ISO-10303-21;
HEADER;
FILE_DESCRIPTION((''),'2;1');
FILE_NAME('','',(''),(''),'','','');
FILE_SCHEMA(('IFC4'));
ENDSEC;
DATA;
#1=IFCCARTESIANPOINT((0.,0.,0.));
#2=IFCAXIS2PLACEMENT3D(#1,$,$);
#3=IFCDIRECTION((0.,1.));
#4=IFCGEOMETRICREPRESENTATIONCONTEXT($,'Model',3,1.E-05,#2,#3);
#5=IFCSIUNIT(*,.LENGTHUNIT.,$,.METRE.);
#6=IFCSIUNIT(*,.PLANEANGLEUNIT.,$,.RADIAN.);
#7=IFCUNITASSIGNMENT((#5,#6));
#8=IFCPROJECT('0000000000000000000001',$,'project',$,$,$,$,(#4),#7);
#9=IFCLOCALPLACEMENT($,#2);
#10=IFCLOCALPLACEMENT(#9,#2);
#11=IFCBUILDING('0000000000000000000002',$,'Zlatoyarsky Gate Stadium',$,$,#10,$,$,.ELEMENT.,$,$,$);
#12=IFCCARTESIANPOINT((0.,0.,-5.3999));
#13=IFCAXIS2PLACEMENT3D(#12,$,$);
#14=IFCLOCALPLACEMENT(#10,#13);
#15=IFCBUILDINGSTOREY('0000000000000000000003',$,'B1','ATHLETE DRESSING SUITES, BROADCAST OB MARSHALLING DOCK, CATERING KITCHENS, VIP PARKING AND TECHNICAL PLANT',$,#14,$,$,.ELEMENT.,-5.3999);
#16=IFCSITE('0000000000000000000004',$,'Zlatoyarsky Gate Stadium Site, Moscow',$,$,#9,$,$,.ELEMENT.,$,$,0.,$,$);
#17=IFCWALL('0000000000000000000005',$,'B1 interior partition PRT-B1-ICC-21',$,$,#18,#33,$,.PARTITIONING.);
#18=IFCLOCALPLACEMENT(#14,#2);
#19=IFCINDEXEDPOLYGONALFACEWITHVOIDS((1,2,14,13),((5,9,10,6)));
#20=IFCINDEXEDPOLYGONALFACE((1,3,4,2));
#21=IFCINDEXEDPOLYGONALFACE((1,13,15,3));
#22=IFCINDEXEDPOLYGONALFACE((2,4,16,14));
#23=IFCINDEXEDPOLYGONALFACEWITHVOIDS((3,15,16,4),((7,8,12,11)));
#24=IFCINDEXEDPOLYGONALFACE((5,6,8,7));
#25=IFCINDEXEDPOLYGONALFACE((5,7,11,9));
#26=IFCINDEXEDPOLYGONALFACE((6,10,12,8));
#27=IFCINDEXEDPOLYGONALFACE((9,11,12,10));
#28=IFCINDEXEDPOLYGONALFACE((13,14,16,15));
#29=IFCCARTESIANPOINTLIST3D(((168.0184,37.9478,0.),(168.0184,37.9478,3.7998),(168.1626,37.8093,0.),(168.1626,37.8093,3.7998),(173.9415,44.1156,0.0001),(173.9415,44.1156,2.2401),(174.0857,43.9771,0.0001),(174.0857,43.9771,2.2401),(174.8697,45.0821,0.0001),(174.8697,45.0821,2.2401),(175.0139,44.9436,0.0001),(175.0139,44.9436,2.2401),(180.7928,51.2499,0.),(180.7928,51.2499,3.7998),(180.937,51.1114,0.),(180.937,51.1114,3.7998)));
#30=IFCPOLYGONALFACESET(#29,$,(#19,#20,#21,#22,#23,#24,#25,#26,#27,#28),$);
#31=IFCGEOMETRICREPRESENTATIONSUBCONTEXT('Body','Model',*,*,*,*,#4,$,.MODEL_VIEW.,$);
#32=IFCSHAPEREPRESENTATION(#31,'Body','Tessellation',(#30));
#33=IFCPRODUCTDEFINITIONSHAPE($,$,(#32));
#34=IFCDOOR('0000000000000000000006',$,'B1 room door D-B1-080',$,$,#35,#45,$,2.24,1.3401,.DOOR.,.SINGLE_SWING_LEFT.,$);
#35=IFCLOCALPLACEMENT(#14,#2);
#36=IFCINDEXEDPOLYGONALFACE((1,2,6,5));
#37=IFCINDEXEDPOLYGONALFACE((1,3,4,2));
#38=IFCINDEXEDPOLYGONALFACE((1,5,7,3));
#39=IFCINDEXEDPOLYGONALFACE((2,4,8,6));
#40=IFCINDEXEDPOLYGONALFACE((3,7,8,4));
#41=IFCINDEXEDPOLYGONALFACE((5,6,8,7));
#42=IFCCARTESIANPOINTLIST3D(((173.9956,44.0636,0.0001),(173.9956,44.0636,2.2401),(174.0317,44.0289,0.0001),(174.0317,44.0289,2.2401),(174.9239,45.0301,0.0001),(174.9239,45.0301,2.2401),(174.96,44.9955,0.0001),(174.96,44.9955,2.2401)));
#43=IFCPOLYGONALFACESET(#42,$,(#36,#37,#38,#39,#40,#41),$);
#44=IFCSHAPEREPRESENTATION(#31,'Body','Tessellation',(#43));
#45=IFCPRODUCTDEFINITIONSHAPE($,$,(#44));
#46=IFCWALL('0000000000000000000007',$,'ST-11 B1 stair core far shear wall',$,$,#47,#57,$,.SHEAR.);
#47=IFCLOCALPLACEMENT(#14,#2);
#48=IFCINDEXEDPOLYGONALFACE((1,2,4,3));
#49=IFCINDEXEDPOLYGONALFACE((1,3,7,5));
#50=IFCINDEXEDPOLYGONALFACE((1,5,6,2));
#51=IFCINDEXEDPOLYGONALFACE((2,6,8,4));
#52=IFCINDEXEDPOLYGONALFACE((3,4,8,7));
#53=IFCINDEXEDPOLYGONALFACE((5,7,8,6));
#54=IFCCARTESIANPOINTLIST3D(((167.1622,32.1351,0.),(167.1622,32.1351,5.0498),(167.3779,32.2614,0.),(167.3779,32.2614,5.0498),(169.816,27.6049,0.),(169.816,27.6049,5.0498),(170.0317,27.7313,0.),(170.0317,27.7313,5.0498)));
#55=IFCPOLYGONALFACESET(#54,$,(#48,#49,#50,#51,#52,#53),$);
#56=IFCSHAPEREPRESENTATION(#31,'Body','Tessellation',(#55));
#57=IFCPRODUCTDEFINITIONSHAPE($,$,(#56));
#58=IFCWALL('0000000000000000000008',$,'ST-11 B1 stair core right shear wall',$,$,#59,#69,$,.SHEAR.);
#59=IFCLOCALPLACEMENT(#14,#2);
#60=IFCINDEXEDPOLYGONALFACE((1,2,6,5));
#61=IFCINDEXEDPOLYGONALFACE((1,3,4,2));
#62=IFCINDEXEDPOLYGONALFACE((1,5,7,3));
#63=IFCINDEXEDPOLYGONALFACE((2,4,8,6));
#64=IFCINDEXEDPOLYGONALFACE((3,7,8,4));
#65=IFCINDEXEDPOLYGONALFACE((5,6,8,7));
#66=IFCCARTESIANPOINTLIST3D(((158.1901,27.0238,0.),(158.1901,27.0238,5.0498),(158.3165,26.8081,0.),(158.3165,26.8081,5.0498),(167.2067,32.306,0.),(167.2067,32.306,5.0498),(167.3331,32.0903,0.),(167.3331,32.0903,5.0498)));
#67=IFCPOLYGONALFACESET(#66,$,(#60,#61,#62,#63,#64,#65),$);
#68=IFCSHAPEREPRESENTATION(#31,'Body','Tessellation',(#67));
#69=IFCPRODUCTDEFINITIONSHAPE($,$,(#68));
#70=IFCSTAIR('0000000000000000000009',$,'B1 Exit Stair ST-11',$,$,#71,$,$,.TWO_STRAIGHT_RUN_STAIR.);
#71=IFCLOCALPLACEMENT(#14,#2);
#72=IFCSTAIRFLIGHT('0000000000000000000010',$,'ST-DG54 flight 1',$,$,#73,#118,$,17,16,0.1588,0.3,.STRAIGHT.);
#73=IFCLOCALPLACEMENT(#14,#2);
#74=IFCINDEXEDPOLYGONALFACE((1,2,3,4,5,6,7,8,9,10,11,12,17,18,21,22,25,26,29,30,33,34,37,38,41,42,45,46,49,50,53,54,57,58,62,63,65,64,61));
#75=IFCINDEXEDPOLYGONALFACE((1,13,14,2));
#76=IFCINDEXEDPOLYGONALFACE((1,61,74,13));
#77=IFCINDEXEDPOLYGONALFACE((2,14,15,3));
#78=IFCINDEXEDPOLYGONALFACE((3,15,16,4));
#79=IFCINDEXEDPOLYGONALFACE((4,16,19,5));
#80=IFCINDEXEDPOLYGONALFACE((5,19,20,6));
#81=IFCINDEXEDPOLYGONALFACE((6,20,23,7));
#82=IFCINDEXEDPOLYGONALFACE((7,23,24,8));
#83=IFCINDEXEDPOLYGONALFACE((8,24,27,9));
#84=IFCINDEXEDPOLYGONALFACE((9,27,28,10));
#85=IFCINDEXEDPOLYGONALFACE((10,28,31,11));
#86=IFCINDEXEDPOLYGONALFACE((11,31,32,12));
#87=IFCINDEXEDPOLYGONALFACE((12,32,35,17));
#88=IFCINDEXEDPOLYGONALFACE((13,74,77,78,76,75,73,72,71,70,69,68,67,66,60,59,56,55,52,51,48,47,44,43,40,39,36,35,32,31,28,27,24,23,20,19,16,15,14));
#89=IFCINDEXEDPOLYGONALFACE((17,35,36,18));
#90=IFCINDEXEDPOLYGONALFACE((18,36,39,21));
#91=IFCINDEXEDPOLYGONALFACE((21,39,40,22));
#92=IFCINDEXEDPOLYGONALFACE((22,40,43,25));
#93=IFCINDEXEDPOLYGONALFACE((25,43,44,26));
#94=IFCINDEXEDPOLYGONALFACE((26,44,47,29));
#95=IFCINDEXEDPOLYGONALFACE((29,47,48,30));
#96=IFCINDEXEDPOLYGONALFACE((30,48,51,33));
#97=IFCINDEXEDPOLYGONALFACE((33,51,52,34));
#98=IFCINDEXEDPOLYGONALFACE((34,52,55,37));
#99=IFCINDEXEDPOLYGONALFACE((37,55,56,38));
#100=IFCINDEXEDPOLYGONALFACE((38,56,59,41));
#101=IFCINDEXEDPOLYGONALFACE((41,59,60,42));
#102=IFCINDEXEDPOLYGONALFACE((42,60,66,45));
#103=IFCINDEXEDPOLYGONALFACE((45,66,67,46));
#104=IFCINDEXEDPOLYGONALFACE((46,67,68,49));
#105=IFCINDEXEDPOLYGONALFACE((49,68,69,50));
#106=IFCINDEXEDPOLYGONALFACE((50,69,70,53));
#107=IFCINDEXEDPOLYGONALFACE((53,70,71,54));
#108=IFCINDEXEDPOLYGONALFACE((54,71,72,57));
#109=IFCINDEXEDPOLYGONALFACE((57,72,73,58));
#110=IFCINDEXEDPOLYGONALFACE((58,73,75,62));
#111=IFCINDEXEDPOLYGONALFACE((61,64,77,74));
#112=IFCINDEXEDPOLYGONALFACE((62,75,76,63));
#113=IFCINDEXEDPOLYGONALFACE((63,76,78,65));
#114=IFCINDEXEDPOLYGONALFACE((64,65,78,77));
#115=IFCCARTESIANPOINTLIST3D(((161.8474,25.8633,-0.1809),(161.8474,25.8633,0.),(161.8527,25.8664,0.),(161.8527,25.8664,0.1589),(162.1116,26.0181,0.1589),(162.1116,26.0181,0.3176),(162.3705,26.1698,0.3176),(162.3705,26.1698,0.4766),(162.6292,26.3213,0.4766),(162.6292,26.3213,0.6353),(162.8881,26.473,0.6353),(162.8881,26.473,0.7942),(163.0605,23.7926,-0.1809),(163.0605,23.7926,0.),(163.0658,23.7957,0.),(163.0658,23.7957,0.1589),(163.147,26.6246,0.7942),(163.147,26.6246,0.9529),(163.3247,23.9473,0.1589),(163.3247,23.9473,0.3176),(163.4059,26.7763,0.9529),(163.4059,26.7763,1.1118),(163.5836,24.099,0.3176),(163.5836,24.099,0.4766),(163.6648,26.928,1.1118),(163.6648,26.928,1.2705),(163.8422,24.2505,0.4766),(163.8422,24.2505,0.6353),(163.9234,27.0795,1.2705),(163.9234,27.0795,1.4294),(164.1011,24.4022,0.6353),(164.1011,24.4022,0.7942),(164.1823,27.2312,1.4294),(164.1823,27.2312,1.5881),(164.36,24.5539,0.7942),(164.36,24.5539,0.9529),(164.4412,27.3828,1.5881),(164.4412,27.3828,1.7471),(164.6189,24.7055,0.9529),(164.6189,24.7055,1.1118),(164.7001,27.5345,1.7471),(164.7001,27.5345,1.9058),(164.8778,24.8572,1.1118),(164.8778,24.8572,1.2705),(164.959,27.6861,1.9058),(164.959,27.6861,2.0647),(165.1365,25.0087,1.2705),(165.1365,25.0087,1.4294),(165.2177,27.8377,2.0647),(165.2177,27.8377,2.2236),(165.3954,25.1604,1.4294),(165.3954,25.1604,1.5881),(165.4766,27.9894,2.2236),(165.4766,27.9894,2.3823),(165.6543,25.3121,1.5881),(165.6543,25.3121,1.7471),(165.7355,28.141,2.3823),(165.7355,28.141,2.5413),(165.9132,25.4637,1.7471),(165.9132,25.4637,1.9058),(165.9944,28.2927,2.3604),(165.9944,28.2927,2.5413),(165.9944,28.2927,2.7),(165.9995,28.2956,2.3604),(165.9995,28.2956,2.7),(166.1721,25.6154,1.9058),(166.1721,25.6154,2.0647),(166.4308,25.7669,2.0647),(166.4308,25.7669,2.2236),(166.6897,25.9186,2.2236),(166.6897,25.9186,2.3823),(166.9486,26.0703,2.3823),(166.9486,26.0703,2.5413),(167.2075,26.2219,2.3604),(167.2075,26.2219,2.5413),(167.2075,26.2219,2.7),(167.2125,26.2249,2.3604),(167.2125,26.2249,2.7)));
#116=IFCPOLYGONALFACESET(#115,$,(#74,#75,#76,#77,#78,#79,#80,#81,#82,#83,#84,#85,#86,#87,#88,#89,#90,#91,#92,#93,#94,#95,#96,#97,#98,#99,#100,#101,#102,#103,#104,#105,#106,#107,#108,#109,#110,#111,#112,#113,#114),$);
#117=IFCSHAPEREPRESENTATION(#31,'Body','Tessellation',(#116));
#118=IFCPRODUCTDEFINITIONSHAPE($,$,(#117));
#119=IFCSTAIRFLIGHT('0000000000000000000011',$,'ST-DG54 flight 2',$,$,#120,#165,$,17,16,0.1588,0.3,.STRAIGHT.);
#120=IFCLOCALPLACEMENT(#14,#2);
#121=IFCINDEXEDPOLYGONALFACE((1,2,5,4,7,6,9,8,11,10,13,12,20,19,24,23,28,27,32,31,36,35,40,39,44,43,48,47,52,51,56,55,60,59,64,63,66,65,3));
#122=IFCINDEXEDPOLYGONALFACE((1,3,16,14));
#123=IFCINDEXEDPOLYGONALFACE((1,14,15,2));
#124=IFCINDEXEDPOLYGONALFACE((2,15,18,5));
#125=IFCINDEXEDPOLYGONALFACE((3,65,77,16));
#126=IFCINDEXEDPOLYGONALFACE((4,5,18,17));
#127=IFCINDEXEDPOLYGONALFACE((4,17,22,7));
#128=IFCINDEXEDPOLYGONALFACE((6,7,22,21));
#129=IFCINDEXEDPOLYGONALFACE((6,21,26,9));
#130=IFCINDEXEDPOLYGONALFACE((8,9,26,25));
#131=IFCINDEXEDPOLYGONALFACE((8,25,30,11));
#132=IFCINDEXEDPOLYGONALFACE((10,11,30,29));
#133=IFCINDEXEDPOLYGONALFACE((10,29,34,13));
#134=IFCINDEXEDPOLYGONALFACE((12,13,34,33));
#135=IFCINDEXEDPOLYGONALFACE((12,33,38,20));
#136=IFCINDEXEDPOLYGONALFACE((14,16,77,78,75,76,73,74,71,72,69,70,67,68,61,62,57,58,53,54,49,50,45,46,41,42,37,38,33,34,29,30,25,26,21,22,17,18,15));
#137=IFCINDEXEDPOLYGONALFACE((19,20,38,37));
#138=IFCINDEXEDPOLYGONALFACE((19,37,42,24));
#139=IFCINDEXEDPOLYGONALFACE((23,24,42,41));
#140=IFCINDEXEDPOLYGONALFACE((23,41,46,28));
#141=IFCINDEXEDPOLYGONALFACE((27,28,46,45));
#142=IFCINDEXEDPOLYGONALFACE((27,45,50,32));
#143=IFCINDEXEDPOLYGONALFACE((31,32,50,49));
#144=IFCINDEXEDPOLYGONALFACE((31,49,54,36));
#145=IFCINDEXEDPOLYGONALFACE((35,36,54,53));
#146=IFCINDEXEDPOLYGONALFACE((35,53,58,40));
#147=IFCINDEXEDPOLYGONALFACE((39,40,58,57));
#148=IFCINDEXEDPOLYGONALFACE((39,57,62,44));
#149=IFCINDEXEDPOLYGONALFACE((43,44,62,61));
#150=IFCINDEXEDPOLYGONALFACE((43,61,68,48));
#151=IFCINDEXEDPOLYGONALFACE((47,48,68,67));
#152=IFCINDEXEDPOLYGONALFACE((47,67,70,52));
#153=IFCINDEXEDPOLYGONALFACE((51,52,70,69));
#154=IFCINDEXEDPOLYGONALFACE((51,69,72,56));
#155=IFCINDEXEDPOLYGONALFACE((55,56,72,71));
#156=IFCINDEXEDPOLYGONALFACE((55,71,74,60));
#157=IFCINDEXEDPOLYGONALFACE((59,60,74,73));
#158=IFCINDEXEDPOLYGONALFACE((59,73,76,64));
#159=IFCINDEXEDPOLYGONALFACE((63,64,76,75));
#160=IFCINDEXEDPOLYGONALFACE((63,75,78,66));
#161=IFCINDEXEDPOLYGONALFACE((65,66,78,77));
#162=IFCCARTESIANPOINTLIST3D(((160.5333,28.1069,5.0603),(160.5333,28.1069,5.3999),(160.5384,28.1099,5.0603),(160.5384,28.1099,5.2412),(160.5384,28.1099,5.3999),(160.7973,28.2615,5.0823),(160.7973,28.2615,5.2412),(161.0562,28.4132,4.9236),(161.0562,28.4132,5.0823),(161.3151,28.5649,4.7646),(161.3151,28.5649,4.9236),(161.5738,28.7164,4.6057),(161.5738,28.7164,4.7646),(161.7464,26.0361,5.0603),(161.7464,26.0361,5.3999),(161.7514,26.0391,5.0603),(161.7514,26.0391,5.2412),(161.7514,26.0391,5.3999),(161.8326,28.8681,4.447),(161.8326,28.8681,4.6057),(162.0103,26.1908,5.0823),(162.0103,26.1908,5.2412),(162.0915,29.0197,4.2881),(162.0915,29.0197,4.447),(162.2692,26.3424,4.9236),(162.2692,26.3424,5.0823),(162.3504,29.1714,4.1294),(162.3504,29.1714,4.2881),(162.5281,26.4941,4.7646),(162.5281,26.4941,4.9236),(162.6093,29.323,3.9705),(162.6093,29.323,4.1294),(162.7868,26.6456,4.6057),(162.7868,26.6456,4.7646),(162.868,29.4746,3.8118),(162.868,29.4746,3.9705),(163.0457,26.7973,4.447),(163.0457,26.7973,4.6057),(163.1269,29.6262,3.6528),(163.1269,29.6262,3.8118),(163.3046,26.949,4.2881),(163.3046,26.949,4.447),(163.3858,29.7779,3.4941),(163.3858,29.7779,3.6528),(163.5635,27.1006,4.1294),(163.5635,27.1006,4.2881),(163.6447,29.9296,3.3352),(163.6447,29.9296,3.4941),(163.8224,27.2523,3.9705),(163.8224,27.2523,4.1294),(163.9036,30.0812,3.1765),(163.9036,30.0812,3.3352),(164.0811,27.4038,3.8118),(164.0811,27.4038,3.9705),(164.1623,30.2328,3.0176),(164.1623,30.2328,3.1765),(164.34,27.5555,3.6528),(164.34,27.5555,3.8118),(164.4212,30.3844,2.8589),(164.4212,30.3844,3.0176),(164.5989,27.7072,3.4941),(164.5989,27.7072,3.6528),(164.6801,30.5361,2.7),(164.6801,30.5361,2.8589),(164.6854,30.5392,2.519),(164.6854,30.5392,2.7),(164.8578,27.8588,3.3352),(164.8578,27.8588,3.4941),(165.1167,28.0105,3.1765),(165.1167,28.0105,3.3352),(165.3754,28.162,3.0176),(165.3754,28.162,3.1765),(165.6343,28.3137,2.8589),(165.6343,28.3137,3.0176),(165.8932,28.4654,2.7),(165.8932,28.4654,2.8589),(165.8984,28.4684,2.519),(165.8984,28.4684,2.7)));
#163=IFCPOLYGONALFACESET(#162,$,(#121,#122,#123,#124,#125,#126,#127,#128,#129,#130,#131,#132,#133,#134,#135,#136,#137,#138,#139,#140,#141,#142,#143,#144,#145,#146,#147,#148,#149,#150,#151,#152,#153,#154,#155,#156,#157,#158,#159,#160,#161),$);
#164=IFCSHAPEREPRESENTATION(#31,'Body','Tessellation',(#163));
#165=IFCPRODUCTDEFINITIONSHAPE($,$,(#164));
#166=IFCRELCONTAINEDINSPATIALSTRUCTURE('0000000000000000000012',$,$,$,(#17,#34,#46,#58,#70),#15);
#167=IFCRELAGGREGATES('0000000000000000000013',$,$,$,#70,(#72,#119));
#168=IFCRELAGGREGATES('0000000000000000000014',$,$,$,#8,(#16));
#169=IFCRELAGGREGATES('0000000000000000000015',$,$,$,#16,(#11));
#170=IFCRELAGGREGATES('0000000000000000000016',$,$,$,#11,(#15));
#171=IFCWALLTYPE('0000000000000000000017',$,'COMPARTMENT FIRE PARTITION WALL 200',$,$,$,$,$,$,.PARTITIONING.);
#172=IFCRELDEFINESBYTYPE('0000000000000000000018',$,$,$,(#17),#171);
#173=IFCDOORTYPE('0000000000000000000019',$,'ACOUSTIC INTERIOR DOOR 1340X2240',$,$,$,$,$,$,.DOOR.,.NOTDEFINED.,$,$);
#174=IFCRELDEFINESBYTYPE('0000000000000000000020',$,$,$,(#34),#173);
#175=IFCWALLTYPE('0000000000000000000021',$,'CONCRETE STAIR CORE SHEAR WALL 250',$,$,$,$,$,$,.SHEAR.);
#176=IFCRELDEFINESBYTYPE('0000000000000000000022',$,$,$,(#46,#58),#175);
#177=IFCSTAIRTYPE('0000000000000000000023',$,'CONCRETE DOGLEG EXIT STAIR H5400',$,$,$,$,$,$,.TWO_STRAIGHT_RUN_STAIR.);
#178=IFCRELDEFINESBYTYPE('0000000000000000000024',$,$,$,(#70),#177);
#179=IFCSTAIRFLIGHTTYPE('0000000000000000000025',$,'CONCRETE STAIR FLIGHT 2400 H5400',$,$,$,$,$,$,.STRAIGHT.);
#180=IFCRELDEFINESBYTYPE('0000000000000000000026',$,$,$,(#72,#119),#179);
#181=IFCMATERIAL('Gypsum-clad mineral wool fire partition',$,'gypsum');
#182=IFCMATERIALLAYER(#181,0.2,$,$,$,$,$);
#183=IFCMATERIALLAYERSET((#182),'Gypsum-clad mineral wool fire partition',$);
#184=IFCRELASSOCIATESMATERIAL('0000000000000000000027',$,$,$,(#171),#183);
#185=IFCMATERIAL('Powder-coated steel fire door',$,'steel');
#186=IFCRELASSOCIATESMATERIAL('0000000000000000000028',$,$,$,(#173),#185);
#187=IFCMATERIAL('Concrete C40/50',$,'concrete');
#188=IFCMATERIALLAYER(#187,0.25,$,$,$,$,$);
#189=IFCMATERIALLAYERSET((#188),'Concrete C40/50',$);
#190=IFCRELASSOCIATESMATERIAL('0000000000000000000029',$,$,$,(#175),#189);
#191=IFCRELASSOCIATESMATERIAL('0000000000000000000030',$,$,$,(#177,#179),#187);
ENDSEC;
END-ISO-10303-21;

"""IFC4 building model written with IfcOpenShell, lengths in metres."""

from ifc_helpers import new_model, si_unit, direction, frame, frame_2d, origin, place, context, subcontext, project, spatial, polyline, rectangle, outline, extrude, material, layer, layer_set, type_object, element, fill, aggregate, save


model = new_model("IFC4")

# Units and contexts
model_context = context("Model", 3, precision=1e-05, world=origin(), true_north=direction((0.0, 1.0)))
body_context = subcontext(model_context, "Body", "Model", "MODEL_VIEW")
ifc_project = project(units=[si_unit("LENGTHUNIT", "METRE"), si_unit("PLANEANGLEUNIT", "RADIAN")], contexts=[model_context])

# Site, building, storey
site_placement = place(None, origin())
site = spatial("IfcSite", under=ifc_project, at=site_placement, Name="Zlatoyarsky Gate Stadium Site, Moscow", CompositionType="ELEMENT", RefElevation=0.0)
building_placement = place(site_placement, origin())
building = spatial("IfcBuilding", under=site, at=building_placement, Name="Zlatoyarsky Gate Stadium", CompositionType="ELEMENT")
storey_placement = place(building_placement, frame((0.0, 0.0, -5.3999)))
storey = spatial("IfcBuildingStorey", under=building, at=storey_placement, Name="B1", Description="ATHLETE DRESSING SUITES, BROADCAST OB MARSHALLING DOCK, CATERING KITCHENS, VIP PARKING AND TECHNICAL PLANT", CompositionType="ELEMENT", Elevation=-5.3999)

# Shared definitions
ifc_material_1 = material(Name="Concrete C40/50", Category="concrete")

# Wall, opening, door
ifc_material_2 = material(Name="Gypsum-clad mineral wool fire partition", Category="gypsum")
ifc_layer_1 = layer(ifc_material_2, 0.2)
ifc_layer_set_1 = layer_set([ifc_layer_1], Name="Gypsum-clad mineral wool fire partition")
wall_type_1 = type_object("IfcWallType", Name="COMPARTMENT FIRE PARTITION WALL 200", PredefinedType="PARTITIONING", material=ifc_layer_set_1)
wall_1_placement = place(storey_placement, frame((168.0906, 37.8787, 0.0), z_axis=(0.0, 0.0, 1.0), x_axis=(0.692659, 0.721266, 0.0)))
wall_1 = element("IfcWall", 1, at=wall_1_placement, inside=storey, type_object=wall_type_1, Name="B1 interior partition PRT-B1-ICC-21", PredefinedType="PARTITIONING", context=body_context, shape_type="SweptSolid", body=[
    extrude(rectangle(XDim=18.4426, YDim=0.2, at=frame_2d((9.2212, 0.0))), origin(), (0.0, 0.0, 1.0), 3.7998),
])
opening_placement = place(wall_1_placement, frame((8.5513, 0.0, 0.0)))
opening = element("IfcOpeningElement", 2, at=opening_placement, cuts=wall_1, PredefinedType="OPENING", context=body_context, shape_type="SweptSolid", body=[
    extrude(rectangle(XDim=1.3401, YDim=2.24, at=frame_2d((0.6699, 1.1201))), frame((0.0, 0.1099, 0.0), z_axis=(0.0, -1.0, 0.0), x_axis=(1.0, 0.0, 0.0)), (0.0, 0.0, 1.0), 0.22),
])
ifc_material_3 = material(Name="Powder-coated steel fire door", Category="steel")
door_type = type_object("IfcDoorType", Name="ACOUSTIC INTERIOR DOOR 1340X2240", OperationType="NOTDEFINED", PredefinedType="DOOR", material=ifc_material_3)
door_placement = place(opening_placement, origin())
door = element("IfcDoor", 3, at=door_placement, inside=storey, type_object=door_type, Name="B1 room door D-B1-080", OperationType="SINGLE_SWING_LEFT", OverallHeight=2.24, OverallWidth=1.3401, PredefinedType="DOOR", context=body_context, shape_type="SweptSolid", body=[
    extrude(rectangle(XDim=1.3401, YDim=2.24, at=frame_2d((0.6699, 1.1201))), frame((0.0, 0.0249, 0.0), z_axis=(0.0, -1.0, 0.0), x_axis=(1.0, 0.0, 0.0)), (0.0, 0.0, 1.0), 0.05),
])
fill(opening, door)

# Walls
ifc_layer_2 = layer(ifc_material_1, 0.25)
ifc_layer_set_2 = layer_set([ifc_layer_2], Name="Concrete C40/50")
wall_type_2 = type_object("IfcWallType", Name="CONCRETE STAIR CORE SHEAR WALL 250", PredefinedType="SHEAR", material=ifc_layer_set_2)
wall_2_placement = place(storey_placement, frame((169.9238, 27.6682, 0.0), z_axis=(0.0, 0.0, 1.0), x_axis=(-0.505475, 0.862841, 0.0)))
element("IfcWall", 4, at=wall_2_placement, inside=storey, type_object=wall_type_2, Name="ST-11 B1 stair core far shear wall", PredefinedType="SHEAR", context=body_context, shape_type="SweptSolid", body=[
    extrude(rectangle(XDim=5.2502, YDim=0.25, at=frame_2d((2.625, 0.0))), origin(), (0.0, 0.0, 1.0), 5.0498),
])
wall_3_placement = place(storey_placement, frame((167.27, 32.1982, 0.0), z_axis=(0.0, 0.0, 1.0), x_axis=(-0.862839, -0.50548, 0.0)))
element("IfcWall", 5, at=wall_3_placement, inside=storey, type_object=wall_type_2, Name="ST-11 B1 stair core right shear wall", PredefinedType="SHEAR", context=body_context, shape_type="SweptSolid", body=[
    extrude(rectangle(XDim=10.45, YDim=0.25, at=frame_2d((5.2251, 0.0))), origin(), (0.0, 0.0, 1.0), 5.0498),
])

# Stair, stair flights
stair_type = type_object("IfcStairType", Name="CONCRETE DOGLEG EXIT STAIR H5400", PredefinedType="TWO_STRAIGHT_RUN_STAIR", material=ifc_material_1)
stair_placement = place(storey_placement, origin())
stair = element("IfcStair", 6, at=stair_placement, inside=storey, type_object=stair_type, Name="B1 Exit Stair ST-11", PredefinedType="TWO_STRAIGHT_RUN_STAIR")
stair_flight_type = type_object("IfcStairFlightType", Name="CONCRETE STAIR FLIGHT 2400 H5400", PredefinedType="STRAIGHT", material=ifc_material_1)
stair_flight_1_placement = place(storey_placement, frame((162.4592, 24.8311, 0.0), z_axis=(0.0, 0.0, 1.0), x_axis=(0.862848, 0.505463, 0.0)))
stair_flight_1 = element("IfcStairFlight", 7, at=stair_flight_1_placement, type_object=stair_flight_type, Name="ST-DG54 flight 1", NumberOfRisers=17, NumberOfTreads=16, PredefinedType="STRAIGHT", RiserHeight=0.1588, TreadLength=0.3, context=body_context, shape_type="SweptSolid", body=[
    extrude(outline(polyline([(-0.0061, -0.1809), (-0.0061, 0.0), (0.0, 0.0), (0.0, 0.1589), (0.3, 0.1589), (0.3, 0.3176), (0.6001, 0.3176), (0.6001, 0.4766), (0.8999, 0.4766), (0.8999, 0.6353), (1.2, 0.6353), (1.2, 0.7942), (1.5, 0.7942), (1.5, 0.9529), (1.8, 0.9529), (1.8, 1.1118), (2.1001, 1.1118), (2.1001, 1.2705), (2.3999, 1.2705), (2.3999, 1.4294), (2.7, 1.4294), (2.7, 1.5881), (3.0, 1.5881), (3.0, 1.7471), (3.3, 1.7471), (3.3, 1.9058), (3.6001, 1.9058), (3.6001, 2.0647), (3.8999, 2.0647), (3.8999, 2.2236), (4.2, 2.2236), (4.2, 2.3823), (4.5, 2.3823), (4.5, 2.5413), (4.8, 2.5413), (4.8, 2.7), (4.8059, 2.7), (4.8059, 2.3604), (4.8, 2.3604), (-0.0061, -0.1809)])), frame((0.0, 1.2, 0.0), z_axis=(0.0, -1.0, 0.0), x_axis=(1.0, 0.0, 0.0)), (0.0, 0.0, 1.0), 2.3999),
])
stair_flight_2_placement = place(storey_placement, frame((165.2866, 29.5007, 2.7), z_axis=(0.0, 0.0, 1.0), x_axis=(-0.862848, -0.505463, 0.0)))
stair_flight_2 = element("IfcStairFlight", 8, at=stair_flight_2_placement, type_object=stair_flight_type, Name="ST-DG54 flight 2", NumberOfRisers=17, NumberOfTreads=16, PredefinedType="STRAIGHT", RiserHeight=0.1588, TreadLength=0.3, context=body_context, shape_type="SweptSolid", body=[
    extrude(outline(polyline([(-0.0061, -0.1809), (-0.0061, 0.0), (0.0, 0.0), (0.0, 0.1589), (0.3, 0.1589), (0.3, 0.3176), (0.6001, 0.3176), (0.6001, 0.4766), (0.8999, 0.4766), (0.8999, 0.6353), (1.2, 0.6353), (1.2, 0.7942), (1.5, 0.7942), (1.5, 0.9529), (1.8, 0.9529), (1.8, 1.1118), (2.1001, 1.1118), (2.1001, 1.2705), (2.3999, 1.2705), (2.3999, 1.4294), (2.7, 1.4294), (2.7, 1.5881), (3.0, 1.5881), (3.0, 1.7471), (3.3, 1.7471), (3.3, 1.9058), (3.6001, 1.9058), (3.6001, 2.0647), (3.8999, 2.0647), (3.8999, 2.2236), (4.2, 2.2236), (4.2, 2.3823), (4.5, 2.3823), (4.5, 2.5413), (4.8, 2.5413), (4.8, 2.7), (4.8059, 2.7), (4.8059, 2.3604), (4.8, 2.3604), (-0.0061, -0.1809)])), frame((0.0, 1.2, 0.0), z_axis=(0.0, -1.0, 0.0), x_axis=(1.0, 0.0, 0.0)), (0.0, 0.0, 1.0), 2.3999),
])
aggregate(stair, [stair_flight_1, stair_flight_2])

save(model, "model.ifc")
